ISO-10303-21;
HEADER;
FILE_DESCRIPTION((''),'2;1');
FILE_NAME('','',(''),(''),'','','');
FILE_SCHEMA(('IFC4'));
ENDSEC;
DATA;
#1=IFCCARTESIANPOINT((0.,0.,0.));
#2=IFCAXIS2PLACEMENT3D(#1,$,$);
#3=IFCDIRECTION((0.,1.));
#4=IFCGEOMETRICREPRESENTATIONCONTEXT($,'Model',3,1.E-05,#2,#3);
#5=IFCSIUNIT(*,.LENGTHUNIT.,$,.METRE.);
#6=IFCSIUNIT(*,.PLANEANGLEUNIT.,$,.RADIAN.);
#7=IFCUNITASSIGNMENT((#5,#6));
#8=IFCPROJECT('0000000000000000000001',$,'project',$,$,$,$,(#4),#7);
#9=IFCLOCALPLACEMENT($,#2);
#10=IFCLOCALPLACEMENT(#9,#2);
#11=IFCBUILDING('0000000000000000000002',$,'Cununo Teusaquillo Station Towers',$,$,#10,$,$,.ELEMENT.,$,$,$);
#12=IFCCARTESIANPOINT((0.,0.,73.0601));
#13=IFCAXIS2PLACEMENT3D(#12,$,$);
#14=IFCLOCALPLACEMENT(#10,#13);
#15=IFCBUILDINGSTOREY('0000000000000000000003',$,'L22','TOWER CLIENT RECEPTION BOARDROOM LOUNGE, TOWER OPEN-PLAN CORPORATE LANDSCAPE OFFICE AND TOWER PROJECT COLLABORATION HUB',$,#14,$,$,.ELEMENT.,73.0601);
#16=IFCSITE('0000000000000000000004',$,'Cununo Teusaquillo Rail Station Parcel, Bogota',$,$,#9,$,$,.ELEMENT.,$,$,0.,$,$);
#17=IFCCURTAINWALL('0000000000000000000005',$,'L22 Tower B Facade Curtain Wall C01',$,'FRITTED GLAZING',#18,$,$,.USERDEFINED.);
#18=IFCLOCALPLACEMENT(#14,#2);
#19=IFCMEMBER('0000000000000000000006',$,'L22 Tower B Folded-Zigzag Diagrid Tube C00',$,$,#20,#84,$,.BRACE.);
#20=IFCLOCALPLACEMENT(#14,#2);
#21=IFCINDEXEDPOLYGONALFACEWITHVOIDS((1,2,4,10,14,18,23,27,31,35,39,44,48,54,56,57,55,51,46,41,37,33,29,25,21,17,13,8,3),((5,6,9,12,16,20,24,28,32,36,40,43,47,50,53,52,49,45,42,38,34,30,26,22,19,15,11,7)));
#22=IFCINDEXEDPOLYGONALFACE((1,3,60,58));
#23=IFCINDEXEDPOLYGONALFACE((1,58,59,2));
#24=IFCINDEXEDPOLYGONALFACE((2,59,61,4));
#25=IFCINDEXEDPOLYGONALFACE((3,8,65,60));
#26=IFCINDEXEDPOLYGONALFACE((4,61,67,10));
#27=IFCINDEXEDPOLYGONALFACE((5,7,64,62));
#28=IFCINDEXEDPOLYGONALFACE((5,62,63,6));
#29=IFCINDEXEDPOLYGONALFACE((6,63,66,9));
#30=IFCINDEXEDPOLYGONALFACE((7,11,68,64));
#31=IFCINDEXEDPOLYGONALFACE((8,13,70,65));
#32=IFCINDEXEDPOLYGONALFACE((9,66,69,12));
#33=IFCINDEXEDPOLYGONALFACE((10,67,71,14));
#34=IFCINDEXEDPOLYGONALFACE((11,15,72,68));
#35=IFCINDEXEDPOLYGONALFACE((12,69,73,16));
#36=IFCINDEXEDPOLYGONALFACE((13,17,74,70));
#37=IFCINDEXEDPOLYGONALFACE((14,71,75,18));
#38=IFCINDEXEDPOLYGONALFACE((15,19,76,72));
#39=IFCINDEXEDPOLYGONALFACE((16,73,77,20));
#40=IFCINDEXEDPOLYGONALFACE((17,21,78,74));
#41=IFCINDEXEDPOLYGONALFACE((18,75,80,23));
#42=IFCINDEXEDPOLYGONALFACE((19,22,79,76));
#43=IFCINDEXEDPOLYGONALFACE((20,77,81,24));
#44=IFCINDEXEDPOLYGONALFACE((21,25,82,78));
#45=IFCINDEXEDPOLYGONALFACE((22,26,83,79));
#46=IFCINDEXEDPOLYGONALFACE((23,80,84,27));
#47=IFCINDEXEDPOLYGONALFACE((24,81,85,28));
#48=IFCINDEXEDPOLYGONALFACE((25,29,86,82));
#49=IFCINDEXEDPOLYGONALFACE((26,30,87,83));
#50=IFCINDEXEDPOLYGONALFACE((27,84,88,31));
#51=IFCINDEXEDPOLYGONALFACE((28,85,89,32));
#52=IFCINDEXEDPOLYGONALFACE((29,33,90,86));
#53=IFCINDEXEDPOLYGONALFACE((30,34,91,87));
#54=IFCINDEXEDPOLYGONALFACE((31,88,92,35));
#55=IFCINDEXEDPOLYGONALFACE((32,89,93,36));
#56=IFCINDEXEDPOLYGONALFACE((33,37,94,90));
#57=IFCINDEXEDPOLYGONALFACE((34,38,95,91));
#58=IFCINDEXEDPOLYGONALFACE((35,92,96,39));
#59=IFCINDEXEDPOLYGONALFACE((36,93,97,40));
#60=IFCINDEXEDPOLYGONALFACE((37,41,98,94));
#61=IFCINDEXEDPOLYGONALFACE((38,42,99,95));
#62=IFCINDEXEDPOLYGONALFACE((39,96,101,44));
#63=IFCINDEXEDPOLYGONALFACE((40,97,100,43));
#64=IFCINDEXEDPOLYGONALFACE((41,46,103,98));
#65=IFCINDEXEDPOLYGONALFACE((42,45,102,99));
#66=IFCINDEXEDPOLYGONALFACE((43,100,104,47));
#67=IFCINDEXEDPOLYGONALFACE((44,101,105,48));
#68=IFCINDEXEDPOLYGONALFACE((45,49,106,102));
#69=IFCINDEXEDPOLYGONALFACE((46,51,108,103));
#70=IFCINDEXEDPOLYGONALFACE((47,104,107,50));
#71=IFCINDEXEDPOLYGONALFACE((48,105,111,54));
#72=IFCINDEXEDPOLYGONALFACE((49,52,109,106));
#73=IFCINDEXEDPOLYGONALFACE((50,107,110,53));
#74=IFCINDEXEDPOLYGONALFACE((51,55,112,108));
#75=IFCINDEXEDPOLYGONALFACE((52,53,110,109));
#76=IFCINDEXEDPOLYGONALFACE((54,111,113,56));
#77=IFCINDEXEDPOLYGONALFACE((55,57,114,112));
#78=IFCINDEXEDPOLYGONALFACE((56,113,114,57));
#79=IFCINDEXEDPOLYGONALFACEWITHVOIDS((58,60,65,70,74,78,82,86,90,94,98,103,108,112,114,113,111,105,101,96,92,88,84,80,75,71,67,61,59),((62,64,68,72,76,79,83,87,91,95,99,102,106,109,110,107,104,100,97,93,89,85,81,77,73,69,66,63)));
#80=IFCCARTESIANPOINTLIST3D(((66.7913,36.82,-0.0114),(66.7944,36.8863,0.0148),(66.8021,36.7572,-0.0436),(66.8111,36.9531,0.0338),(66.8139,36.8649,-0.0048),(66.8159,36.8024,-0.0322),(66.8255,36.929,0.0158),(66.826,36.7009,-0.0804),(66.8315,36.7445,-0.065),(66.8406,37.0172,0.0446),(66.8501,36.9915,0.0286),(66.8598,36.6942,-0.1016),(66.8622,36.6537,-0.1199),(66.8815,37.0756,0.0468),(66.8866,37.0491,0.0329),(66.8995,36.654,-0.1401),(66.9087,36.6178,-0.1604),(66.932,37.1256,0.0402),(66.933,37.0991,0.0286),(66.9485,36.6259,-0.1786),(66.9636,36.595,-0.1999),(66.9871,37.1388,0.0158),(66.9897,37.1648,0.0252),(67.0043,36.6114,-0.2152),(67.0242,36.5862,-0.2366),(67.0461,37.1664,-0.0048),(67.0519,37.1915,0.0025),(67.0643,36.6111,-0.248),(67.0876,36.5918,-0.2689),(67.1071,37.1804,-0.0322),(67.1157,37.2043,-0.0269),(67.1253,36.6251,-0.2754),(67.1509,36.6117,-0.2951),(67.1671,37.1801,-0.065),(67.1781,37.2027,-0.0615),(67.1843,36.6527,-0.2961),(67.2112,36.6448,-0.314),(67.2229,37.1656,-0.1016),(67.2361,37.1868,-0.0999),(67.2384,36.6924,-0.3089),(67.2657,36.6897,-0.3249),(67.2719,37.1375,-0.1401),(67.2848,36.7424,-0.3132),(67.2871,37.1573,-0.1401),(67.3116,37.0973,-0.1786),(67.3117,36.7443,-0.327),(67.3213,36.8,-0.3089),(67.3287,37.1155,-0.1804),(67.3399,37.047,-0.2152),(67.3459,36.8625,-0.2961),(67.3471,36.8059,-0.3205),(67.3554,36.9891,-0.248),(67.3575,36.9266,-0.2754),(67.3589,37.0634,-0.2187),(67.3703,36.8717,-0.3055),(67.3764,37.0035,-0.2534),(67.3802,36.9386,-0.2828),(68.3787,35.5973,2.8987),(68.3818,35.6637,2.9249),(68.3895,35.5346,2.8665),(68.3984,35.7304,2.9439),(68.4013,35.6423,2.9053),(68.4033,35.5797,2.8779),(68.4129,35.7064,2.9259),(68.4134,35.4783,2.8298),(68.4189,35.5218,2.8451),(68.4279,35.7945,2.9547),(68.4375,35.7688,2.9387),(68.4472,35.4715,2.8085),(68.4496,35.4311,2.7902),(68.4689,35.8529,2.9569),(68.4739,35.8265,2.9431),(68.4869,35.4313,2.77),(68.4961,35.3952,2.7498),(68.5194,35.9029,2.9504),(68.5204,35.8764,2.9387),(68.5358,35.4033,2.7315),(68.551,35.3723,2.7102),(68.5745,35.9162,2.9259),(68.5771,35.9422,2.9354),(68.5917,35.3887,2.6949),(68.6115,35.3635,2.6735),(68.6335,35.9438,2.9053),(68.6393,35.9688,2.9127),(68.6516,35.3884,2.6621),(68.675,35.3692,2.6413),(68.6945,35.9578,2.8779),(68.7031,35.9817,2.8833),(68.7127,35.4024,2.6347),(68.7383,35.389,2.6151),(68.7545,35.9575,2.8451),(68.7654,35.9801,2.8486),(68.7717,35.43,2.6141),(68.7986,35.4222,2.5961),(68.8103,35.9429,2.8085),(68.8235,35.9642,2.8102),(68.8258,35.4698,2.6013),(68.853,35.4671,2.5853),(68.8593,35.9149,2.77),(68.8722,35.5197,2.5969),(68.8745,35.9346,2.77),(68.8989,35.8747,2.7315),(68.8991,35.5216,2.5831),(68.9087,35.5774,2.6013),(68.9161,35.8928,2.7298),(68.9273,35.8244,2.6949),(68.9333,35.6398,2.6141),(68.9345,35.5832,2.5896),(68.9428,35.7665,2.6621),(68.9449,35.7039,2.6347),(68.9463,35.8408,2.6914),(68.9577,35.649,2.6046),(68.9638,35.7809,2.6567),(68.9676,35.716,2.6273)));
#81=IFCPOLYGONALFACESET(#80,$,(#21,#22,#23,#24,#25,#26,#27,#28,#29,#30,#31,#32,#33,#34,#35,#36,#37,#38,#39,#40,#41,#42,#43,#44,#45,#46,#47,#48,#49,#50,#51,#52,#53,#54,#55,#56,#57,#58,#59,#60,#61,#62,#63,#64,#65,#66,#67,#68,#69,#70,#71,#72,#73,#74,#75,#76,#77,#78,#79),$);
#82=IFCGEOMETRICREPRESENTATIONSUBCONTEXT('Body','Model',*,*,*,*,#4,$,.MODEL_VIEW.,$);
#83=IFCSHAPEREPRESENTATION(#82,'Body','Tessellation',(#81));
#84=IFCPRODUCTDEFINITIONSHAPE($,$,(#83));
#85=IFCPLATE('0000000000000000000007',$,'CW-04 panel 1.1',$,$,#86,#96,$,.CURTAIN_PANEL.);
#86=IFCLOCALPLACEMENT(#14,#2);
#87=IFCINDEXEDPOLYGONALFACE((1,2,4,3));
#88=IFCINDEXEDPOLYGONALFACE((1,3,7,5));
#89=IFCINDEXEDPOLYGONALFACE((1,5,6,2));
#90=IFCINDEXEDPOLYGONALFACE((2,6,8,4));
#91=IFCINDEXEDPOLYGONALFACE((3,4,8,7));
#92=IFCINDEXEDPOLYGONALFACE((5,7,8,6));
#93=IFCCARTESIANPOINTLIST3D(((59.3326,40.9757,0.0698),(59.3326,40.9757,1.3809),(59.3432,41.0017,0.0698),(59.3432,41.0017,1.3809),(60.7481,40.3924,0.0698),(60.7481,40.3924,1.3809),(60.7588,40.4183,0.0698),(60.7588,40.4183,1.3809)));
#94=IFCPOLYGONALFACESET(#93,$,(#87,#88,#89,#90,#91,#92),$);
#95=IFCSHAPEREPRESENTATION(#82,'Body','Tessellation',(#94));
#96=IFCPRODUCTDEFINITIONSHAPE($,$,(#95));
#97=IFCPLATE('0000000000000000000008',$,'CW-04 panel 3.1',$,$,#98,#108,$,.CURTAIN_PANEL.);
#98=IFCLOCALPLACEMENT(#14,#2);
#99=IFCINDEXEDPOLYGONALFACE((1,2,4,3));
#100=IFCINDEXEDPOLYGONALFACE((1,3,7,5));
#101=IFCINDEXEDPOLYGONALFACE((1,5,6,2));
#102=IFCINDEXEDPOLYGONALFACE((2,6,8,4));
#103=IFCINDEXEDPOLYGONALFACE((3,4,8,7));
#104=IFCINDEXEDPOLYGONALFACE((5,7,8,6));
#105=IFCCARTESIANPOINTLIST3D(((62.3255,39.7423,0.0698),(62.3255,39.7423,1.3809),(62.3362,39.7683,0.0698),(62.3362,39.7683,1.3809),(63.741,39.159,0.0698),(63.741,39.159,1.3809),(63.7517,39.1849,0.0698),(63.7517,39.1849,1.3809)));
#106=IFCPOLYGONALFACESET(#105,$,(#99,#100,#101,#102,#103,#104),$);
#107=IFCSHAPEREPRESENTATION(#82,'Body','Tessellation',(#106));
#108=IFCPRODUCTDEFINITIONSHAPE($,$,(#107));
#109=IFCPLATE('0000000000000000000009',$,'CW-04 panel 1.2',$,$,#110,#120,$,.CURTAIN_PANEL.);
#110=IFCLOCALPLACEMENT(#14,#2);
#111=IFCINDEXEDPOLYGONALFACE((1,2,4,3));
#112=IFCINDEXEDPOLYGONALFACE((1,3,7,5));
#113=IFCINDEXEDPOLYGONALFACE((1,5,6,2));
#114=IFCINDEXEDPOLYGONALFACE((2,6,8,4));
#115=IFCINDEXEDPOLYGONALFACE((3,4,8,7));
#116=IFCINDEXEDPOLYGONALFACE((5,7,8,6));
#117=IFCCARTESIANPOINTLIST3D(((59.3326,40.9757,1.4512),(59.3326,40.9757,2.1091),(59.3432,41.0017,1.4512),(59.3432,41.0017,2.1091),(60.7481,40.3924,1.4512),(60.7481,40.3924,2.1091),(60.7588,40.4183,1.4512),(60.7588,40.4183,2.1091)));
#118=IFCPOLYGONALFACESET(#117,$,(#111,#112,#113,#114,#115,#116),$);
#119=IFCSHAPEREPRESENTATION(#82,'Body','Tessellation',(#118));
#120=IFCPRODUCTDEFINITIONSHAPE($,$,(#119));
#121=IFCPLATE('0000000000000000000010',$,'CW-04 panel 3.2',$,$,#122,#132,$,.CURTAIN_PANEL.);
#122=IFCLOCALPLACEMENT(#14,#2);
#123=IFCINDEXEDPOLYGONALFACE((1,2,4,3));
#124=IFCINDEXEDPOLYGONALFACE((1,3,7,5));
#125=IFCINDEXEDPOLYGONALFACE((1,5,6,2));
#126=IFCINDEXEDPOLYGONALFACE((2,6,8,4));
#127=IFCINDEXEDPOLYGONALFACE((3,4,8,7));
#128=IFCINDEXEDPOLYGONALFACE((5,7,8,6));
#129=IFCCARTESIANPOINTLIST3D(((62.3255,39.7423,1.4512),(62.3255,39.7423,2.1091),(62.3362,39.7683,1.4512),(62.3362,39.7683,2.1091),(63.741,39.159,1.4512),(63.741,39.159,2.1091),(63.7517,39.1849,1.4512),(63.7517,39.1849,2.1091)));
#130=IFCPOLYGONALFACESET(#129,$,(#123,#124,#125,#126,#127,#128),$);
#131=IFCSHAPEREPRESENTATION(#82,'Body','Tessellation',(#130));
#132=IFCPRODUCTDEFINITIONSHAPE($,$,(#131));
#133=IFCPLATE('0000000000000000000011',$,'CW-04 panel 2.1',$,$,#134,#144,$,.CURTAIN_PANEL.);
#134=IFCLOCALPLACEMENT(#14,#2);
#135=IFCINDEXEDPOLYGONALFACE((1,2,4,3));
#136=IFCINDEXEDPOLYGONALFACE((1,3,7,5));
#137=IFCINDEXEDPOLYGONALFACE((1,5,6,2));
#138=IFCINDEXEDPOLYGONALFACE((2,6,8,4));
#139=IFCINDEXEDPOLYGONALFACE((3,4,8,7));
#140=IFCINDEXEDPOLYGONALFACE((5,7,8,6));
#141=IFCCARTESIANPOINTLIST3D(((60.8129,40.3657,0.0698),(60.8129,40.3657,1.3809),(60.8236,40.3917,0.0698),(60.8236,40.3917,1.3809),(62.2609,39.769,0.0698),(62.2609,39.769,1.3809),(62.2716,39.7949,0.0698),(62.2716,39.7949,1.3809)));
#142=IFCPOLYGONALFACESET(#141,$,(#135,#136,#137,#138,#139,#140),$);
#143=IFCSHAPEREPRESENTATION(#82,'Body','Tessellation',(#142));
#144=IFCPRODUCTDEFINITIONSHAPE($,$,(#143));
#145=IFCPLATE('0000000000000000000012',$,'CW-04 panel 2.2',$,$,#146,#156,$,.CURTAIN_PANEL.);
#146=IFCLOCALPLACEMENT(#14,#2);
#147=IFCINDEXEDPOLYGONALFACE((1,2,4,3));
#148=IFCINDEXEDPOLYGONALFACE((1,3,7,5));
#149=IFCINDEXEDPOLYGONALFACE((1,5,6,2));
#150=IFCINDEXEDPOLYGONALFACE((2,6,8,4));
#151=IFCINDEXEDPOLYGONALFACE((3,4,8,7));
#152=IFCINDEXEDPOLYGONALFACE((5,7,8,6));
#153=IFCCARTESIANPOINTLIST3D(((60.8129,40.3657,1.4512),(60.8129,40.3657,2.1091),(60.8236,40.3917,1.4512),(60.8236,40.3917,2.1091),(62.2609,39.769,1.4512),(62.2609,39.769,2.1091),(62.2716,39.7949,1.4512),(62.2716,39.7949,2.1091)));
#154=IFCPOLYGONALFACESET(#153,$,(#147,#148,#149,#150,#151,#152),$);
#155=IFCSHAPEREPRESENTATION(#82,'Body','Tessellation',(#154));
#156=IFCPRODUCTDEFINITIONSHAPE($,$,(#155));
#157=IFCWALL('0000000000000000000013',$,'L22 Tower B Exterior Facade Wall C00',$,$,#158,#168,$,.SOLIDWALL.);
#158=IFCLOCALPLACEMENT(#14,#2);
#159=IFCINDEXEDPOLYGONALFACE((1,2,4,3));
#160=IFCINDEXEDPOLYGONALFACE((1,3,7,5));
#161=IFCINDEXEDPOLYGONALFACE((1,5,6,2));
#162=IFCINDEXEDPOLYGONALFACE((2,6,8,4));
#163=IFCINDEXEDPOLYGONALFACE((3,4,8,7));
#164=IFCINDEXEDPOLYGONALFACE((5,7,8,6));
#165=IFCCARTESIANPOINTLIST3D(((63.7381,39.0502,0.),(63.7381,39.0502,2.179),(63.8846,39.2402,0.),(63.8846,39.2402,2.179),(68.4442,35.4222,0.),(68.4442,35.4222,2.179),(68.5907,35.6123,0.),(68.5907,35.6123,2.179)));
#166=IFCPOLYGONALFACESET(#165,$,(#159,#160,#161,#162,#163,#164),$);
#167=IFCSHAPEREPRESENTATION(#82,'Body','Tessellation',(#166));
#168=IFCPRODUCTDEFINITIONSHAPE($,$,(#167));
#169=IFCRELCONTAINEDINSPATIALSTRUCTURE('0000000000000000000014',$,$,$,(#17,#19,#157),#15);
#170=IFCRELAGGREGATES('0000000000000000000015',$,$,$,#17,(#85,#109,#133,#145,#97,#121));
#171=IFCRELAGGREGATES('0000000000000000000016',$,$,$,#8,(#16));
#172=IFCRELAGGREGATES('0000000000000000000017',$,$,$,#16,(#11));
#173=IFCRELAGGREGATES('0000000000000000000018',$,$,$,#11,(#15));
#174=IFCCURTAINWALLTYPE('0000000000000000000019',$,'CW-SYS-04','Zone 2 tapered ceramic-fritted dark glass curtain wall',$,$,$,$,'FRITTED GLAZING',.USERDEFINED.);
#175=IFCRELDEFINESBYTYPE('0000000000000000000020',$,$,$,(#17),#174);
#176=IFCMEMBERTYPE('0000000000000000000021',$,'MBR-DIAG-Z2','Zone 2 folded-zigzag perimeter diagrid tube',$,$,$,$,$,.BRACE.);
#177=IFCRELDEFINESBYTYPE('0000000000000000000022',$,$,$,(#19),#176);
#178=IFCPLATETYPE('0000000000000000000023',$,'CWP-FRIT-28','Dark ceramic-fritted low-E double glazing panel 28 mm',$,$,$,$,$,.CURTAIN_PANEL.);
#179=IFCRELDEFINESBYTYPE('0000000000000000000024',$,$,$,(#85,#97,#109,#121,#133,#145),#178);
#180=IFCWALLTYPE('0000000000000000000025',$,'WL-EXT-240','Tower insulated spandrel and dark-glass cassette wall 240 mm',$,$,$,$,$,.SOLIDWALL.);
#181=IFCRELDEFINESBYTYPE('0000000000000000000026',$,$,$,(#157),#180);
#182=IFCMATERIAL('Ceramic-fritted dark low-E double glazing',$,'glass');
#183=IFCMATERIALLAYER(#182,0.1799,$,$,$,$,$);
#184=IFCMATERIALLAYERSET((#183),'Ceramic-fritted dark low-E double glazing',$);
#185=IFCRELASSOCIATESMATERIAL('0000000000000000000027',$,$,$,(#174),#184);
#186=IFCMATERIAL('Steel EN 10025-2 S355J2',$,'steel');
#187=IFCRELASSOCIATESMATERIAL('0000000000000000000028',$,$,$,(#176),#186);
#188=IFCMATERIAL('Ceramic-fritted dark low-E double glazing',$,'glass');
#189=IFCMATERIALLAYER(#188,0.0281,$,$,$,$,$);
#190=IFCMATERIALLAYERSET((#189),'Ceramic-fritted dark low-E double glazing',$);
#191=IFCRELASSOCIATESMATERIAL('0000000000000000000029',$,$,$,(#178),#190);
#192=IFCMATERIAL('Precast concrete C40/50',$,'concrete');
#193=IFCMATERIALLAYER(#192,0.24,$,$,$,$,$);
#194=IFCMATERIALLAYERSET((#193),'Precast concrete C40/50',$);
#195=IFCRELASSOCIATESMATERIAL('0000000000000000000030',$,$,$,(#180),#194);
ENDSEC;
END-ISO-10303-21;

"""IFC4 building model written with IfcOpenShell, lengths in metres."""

from ifc_helpers import new_model, si_unit, direction, frame, frame_2d, origin, origin_2d, place, context, subcontext, project, spatial, rectangle, hollow_circle, extrude, source, transform, mapped, material, layer, layer_set, material_profile, profile_set, type_object, element, aggregate, save


model = new_model("IFC4")

# Units and contexts
model_context = context("Model", 3, precision=1e-05, world=origin(), true_north=direction((0.0, 1.0)))
body_context = subcontext(model_context, "Body", "Model", "MODEL_VIEW")
ifc_project = project(units=[si_unit("LENGTHUNIT", "METRE"), si_unit("PLANEANGLEUNIT", "RADIAN")], contexts=[model_context])

# Site, building, storey
site_placement = place(None, origin())
site = spatial("IfcSite", under=ifc_project, at=site_placement, Name="Cununo Teusaquillo Rail Station Parcel, Bogota", CompositionType="ELEMENT", RefElevation=0.0)
building_placement = place(site_placement, origin())
building = spatial("IfcBuilding", under=site, at=building_placement, Name="Cununo Teusaquillo Station Towers", CompositionType="ELEMENT")
storey_placement = place(building_placement, frame((0.0, 0.0, 73.0601)))
storey = spatial("IfcBuildingStorey", under=building, at=storey_placement, Name="L22", Description="TOWER CLIENT RECEPTION BOARDROOM LOUNGE, TOWER OPEN-PLAN CORPORATE LANDSCAPE OFFICE AND TOWER PROJECT COLLABORATION HUB", CompositionType="ELEMENT", Elevation=73.0601)

# Curtain wall
ifc_material_1 = material(Name="Ceramic-fritted dark low-E double glazing", Category="glass")
ifc_layer_1 = layer(ifc_material_1, 0.1799)
ifc_layer_set_1 = layer_set([ifc_layer_1], Name="Ceramic-fritted dark low-E double glazing")
curtain_wall_type = type_object("IfcCurtainWallType", Name="CW-SYS-04", Description="Zone 2 tapered ceramic-fritted dark glass curtain wall", ElementType="FRITTED GLAZING", PredefinedType="USERDEFINED", material=ifc_layer_set_1)
curtain_wall_placement = place(storey_placement, origin())
curtain_wall = element("IfcCurtainWall", 1, at=curtain_wall_placement, inside=storey, type_object=curtain_wall_type, Name="L22 Tower B Facade Curtain Wall C01", ObjectType="FRITTED GLAZING", PredefinedType="USERDEFINED")

# Member
ifc_material_2 = material(Name="Steel EN 10025-2 S355J2", Category="steel")
ifc_material_profile_1 = material_profile(ifc_material_2, hollow_circle(Radius=0.3301, WallThickness=0.0249, at=origin_2d()), Name="CHS 660x25")
ifc_profile_set_1 = profile_set([ifc_material_profile_1], Name="Steel EN 10025-2 S355J2")
member_type_1 = type_object("IfcMemberType", Name="MBR-DIAG-Z2", Description="Zone 2 folded-zigzag perimeter diagrid tube", PredefinedType="BRACE", material=ifc_profile_set_1)
member_1_placement = place(storey_placement, frame((67.0857, 36.8958, -0.1401), z_axis=(0.449277, -0.346044, 0.823652), x_axis=(0.610205, 0.792243, 0.0)))
element("IfcMember", 2, at=member_1_placement, inside=storey, type_object=member_type_1, Name="L22 Tower B Folded-Zigzag Diagrid Tube C00", PredefinedType="BRACE", context=body_context, shape_type="SweptSolid", body=[
    extrude(hollow_circle(Radius=0.3301, WallThickness=0.0249, at=origin_2d()), origin(), (0.0, 0.0, 1.0), 3.5332),
])

# Plates
ifc_material_3 = material(Name="Ceramic-fritted dark low-E double glazing", Category="glass")
ifc_layer_2 = layer(ifc_material_3, 0.0281)
ifc_layer_set_2 = layer_set([ifc_layer_2], Name="Ceramic-fritted dark low-E double glazing")
plate_type = type_object("IfcPlateType", Name="CWP-FRIT-28", Description="Dark ceramic-fritted low-E double glazing panel 28 mm", PredefinedType="CURTAIN_PANEL", material=ifc_layer_set_2)
shared_shape_1 = source(origin(), body_context, "Body", "SweptSolid", [
    extrude(rectangle(XDim=1.531, YDim=0.0281, at=origin_2d()), origin(), (0.0, 0.0, 1.0), 1.311),
])
plate_1_placement = place(storey_placement, frame((60.0457, 40.697, 0.0698), z_axis=(0.0, 0.0, 1.0), x_axis=(0.924562, -0.381031, 0.0)))
plate_1 = element("IfcPlate", 3, at=plate_1_placement, type_object=plate_type, Name="CW-04 panel 1.1", PredefinedType="CURTAIN_PANEL", context=body_context, shape_type="MappedRepresentation", body=[
    mapped(shared_shape_1, transform((0.0, 0.0, 0.0), x_axis=(1.0, 0.0, 0.0), y_axis=(0.0, 1.0, 0.0), z_axis=(0.0, 0.0, 1.0), scale=1.0)),
])
plate_2_placement = place(storey_placement, frame((63.0386, 39.4636, 0.0698), z_axis=(0.0, 0.0, 1.0), x_axis=(0.924562, -0.381031, 0.0)))
plate_2 = element("IfcPlate", 4, at=plate_2_placement, type_object=plate_type, Name="CW-04 panel 3.1", PredefinedType="CURTAIN_PANEL", context=body_context, shape_type="MappedRepresentation", body=[
    mapped(shared_shape_1, transform((0.0, 0.0, 0.0), x_axis=(1.0, 0.0, 0.0), y_axis=(0.0, 1.0, 0.0), z_axis=(0.0, 0.0, 1.0), scale=1.0)),
])
shared_shape_2 = source(origin(), body_context, "Body", "SweptSolid", [
    extrude(rectangle(XDim=1.531, YDim=0.0281, at=origin_2d()), origin(), (0.0, 0.0, 1.0), 0.658),
])
plate_3_placement = place(storey_placement, frame((60.0457, 40.697, 1.4512), z_axis=(0.0, 0.0, 1.0), x_axis=(0.924562, -0.381031, 0.0)))
plate_3 = element("IfcPlate", 5, at=plate_3_placement, type_object=plate_type, Name="CW-04 panel 1.2", PredefinedType="CURTAIN_PANEL", context=body_context, shape_type="MappedRepresentation", body=[
    mapped(shared_shape_2, transform((0.0, 0.0, 0.0), x_axis=(1.0, 0.0, 0.0), y_axis=(0.0, 1.0, 0.0), z_axis=(0.0, 0.0, 1.0), scale=1.0)),
])
plate_4_placement = place(storey_placement, frame((63.0386, 39.4636, 1.4512), z_axis=(0.0, 0.0, 1.0), x_axis=(0.924562, -0.381031, 0.0)))
plate_4 = element("IfcPlate", 6, at=plate_4_placement, type_object=plate_type, Name="CW-04 panel 3.2", PredefinedType="CURTAIN_PANEL", context=body_context, shape_type="MappedRepresentation", body=[
    mapped(shared_shape_2, transform((0.0, 0.0, 0.0), x_axis=(1.0, 0.0, 0.0), y_axis=(0.0, 1.0, 0.0), z_axis=(0.0, 0.0, 1.0), scale=1.0)),
])
shared_shape_3 = source(origin(), body_context, "Body", "SweptSolid", [
    extrude(rectangle(XDim=1.5662, YDim=0.0281, at=origin_2d()), origin(), (0.0, 0.0, 1.0), 1.311),
])
plate_5_placement = place(storey_placement, frame((61.5422, 40.0803, 0.0698), z_axis=(0.0, 0.0, 1.0), x_axis=(0.924562, -0.381031, 0.0)))
plate_5 = element("IfcPlate", 7, at=plate_5_placement, type_object=plate_type, Name="CW-04 panel 2.1", PredefinedType="CURTAIN_PANEL", context=body_context, shape_type="MappedRepresentation", body=[
    mapped(shared_shape_3, transform((0.0, 0.0, 0.0), x_axis=(1.0, 0.0, 0.0), y_axis=(0.0, 1.0, 0.0), z_axis=(0.0, 0.0, 1.0), scale=1.0)),
])
shared_shape_4 = source(origin(), body_context, "Body", "SweptSolid", [
    extrude(rectangle(XDim=1.5662, YDim=0.0281, at=origin_2d()), origin(), (0.0, 0.0, 1.0), 0.658),
])
plate_6_placement = place(storey_placement, frame((61.5422, 40.0803, 1.4512), z_axis=(0.0, 0.0, 1.0), x_axis=(0.924562, -0.381031, 0.0)))
plate_6 = element("IfcPlate", 8, at=plate_6_placement, type_object=plate_type, Name="CW-04 panel 2.2", PredefinedType="CURTAIN_PANEL", context=body_context, shape_type="MappedRepresentation", body=[
    mapped(shared_shape_4, transform((0.0, 0.0, 0.0), x_axis=(1.0, 0.0, 0.0), y_axis=(0.0, 1.0, 0.0), z_axis=(0.0, 0.0, 1.0), scale=1.0)),
])
aggregate(curtain_wall, [plate_1, plate_3, plate_5, plate_6, plate_2, plate_4])

# Wall
ifc_material_4 = material(Name="Precast concrete C40/50", Category="concrete")
ifc_layer_3 = layer(ifc_material_4, 0.24)
ifc_layer_set_3 = layer_set([ifc_layer_3], Name="Precast concrete C40/50")
wall_type_1 = type_object("IfcWallType", Name="WL-EXT-240", Description="Tower insulated spandrel and dark-glass cassette wall 240 mm", PredefinedType="SOLIDWALL", material=ifc_layer_set_3)
wall_1_placement = place(storey_placement, frame((63.8113, 39.1453, 0.0), z_axis=(0.0, 0.0, 1.0), x_axis=(0.791982, -0.610544, 0.0)))
element("IfcWall", 9, at=wall_1_placement, inside=storey, type_object=wall_type_1, Name="L22 Tower B Exterior Facade Wall C00", PredefinedType="SOLIDWALL", context=body_context, shape_type="SweptSolid", body=[
    extrude(rectangle(XDim=5.9421, YDim=0.24, at=frame_2d((2.9712, 0.0))), origin(), (0.0, 0.0, 1.0), 2.179),
])

save(model, "model.ifc")
